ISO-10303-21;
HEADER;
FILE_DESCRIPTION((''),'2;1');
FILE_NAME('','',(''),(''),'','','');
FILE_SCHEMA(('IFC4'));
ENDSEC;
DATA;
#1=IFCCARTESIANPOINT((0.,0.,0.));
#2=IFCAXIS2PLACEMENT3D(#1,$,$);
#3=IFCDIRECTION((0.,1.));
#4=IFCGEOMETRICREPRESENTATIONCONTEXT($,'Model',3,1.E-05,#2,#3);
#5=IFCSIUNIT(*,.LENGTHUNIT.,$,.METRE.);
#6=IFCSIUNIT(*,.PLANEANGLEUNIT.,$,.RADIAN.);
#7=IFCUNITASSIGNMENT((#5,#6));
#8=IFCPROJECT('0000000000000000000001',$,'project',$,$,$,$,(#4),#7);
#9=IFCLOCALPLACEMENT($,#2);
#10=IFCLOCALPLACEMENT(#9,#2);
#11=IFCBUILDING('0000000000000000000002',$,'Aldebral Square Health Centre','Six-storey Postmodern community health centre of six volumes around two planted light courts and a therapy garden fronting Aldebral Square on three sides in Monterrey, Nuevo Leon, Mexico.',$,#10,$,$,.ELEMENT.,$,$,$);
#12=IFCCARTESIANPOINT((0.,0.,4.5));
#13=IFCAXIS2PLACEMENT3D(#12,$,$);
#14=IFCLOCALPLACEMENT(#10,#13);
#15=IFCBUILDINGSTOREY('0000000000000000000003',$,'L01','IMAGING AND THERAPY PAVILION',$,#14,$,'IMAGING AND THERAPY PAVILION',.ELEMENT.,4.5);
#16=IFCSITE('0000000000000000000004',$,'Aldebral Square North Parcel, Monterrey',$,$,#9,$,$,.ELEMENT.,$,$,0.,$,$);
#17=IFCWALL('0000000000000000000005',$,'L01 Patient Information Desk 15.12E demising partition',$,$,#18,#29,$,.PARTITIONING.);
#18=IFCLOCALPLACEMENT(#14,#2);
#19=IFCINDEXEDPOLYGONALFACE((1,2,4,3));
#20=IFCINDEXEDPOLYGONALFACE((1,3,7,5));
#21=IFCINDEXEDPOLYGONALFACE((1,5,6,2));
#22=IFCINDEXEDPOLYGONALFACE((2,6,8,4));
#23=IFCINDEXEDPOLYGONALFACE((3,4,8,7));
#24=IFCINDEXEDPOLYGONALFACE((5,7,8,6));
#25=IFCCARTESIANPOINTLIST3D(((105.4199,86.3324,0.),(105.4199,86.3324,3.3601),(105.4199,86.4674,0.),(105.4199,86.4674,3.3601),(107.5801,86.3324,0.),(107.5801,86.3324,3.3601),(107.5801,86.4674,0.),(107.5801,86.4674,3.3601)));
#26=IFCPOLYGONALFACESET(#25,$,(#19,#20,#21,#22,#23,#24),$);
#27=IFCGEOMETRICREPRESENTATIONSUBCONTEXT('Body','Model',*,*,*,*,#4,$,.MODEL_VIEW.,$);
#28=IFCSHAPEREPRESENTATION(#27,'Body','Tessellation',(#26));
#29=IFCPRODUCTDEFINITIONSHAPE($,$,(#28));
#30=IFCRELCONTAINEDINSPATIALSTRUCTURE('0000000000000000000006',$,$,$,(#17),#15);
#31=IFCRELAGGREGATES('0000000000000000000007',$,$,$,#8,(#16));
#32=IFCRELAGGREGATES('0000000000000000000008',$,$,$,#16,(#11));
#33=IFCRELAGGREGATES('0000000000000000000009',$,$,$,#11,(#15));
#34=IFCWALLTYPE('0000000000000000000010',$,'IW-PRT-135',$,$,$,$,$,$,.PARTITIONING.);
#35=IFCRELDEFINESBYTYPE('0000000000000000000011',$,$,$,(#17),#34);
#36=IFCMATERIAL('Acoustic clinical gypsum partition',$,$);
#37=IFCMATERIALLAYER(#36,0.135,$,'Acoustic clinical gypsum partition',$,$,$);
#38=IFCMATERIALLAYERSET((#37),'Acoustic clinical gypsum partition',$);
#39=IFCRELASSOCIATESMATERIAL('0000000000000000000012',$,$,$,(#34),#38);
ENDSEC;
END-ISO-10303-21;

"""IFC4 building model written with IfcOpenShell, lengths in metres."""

from ifc_helpers import new_model, si_unit, direction, frame, frame_2d, origin, place, context, subcontext, project, spatial, rectangle, extrude, material, layer, layer_set, type_object, element, save


model = new_model("IFC4")

# Units and contexts
model_context = context("Model", 3, precision=1e-05, world=origin(), true_north=direction((0.0, 1.0)))
body_context = subcontext(model_context, "Body", "Model", "MODEL_VIEW")
ifc_project = project(units=[si_unit("LENGTHUNIT", "METRE"), si_unit("PLANEANGLEUNIT", "RADIAN")], contexts=[model_context])

# Site, building, storey
site_placement = place(None, origin())
site = spatial("IfcSite", under=ifc_project, at=site_placement, Name="Aldebral Square North Parcel, Monterrey", CompositionType="ELEMENT", RefElevation=0.0)
building_placement = place(site_placement, origin())
building = spatial("IfcBuilding", under=site, at=building_placement, Name="Aldebral Square Health Centre", Description="Six-storey Postmodern community health centre of six volumes around two planted light courts and a therapy garden fronting Aldebral Square on three sides in Monterrey, Nuevo Leon, Mexico.", CompositionType="ELEMENT")
storey_placement = place(building_placement, frame((0.0, 0.0, 4.5)))
storey = spatial("IfcBuildingStorey", under=building, at=storey_placement, Name="L01", Description="IMAGING AND THERAPY PAVILION", LongName="IMAGING AND THERAPY PAVILION", CompositionType="ELEMENT", Elevation=4.5)

# Wall
ifc_material_1 = material(Name="Acoustic clinical gypsum partition")
ifc_layer_1 = layer(ifc_material_1, 0.135, Name="Acoustic clinical gypsum partition")
ifc_layer_set_1 = layer_set([ifc_layer_1], Name="Acoustic clinical gypsum partition")
wall_type_1 = type_object("IfcWallType", Name="IW-PRT-135", PredefinedType="PARTITIONING", material=ifc_layer_set_1)
wall_1_placement = place(storey_placement, frame((105.4199, 86.3999, 0.0), z_axis=(0.0, 0.0, 1.0), x_axis=(1.0, 0.0, 0.0)))
element("IfcWall", 1, at=wall_1_placement, inside=storey, type_object=wall_type_1, Name="L01 Patient Information Desk 15.12E demising partition", PredefinedType="PARTITIONING", context=body_context, shape_type="SweptSolid", body=[
    extrude(rectangle(XDim=2.1602, YDim=0.135, at=frame_2d((1.0801, 0.0))), origin(), (0.0, 0.0, 1.0), 3.3601),
])

save(model, "model.ifc")
